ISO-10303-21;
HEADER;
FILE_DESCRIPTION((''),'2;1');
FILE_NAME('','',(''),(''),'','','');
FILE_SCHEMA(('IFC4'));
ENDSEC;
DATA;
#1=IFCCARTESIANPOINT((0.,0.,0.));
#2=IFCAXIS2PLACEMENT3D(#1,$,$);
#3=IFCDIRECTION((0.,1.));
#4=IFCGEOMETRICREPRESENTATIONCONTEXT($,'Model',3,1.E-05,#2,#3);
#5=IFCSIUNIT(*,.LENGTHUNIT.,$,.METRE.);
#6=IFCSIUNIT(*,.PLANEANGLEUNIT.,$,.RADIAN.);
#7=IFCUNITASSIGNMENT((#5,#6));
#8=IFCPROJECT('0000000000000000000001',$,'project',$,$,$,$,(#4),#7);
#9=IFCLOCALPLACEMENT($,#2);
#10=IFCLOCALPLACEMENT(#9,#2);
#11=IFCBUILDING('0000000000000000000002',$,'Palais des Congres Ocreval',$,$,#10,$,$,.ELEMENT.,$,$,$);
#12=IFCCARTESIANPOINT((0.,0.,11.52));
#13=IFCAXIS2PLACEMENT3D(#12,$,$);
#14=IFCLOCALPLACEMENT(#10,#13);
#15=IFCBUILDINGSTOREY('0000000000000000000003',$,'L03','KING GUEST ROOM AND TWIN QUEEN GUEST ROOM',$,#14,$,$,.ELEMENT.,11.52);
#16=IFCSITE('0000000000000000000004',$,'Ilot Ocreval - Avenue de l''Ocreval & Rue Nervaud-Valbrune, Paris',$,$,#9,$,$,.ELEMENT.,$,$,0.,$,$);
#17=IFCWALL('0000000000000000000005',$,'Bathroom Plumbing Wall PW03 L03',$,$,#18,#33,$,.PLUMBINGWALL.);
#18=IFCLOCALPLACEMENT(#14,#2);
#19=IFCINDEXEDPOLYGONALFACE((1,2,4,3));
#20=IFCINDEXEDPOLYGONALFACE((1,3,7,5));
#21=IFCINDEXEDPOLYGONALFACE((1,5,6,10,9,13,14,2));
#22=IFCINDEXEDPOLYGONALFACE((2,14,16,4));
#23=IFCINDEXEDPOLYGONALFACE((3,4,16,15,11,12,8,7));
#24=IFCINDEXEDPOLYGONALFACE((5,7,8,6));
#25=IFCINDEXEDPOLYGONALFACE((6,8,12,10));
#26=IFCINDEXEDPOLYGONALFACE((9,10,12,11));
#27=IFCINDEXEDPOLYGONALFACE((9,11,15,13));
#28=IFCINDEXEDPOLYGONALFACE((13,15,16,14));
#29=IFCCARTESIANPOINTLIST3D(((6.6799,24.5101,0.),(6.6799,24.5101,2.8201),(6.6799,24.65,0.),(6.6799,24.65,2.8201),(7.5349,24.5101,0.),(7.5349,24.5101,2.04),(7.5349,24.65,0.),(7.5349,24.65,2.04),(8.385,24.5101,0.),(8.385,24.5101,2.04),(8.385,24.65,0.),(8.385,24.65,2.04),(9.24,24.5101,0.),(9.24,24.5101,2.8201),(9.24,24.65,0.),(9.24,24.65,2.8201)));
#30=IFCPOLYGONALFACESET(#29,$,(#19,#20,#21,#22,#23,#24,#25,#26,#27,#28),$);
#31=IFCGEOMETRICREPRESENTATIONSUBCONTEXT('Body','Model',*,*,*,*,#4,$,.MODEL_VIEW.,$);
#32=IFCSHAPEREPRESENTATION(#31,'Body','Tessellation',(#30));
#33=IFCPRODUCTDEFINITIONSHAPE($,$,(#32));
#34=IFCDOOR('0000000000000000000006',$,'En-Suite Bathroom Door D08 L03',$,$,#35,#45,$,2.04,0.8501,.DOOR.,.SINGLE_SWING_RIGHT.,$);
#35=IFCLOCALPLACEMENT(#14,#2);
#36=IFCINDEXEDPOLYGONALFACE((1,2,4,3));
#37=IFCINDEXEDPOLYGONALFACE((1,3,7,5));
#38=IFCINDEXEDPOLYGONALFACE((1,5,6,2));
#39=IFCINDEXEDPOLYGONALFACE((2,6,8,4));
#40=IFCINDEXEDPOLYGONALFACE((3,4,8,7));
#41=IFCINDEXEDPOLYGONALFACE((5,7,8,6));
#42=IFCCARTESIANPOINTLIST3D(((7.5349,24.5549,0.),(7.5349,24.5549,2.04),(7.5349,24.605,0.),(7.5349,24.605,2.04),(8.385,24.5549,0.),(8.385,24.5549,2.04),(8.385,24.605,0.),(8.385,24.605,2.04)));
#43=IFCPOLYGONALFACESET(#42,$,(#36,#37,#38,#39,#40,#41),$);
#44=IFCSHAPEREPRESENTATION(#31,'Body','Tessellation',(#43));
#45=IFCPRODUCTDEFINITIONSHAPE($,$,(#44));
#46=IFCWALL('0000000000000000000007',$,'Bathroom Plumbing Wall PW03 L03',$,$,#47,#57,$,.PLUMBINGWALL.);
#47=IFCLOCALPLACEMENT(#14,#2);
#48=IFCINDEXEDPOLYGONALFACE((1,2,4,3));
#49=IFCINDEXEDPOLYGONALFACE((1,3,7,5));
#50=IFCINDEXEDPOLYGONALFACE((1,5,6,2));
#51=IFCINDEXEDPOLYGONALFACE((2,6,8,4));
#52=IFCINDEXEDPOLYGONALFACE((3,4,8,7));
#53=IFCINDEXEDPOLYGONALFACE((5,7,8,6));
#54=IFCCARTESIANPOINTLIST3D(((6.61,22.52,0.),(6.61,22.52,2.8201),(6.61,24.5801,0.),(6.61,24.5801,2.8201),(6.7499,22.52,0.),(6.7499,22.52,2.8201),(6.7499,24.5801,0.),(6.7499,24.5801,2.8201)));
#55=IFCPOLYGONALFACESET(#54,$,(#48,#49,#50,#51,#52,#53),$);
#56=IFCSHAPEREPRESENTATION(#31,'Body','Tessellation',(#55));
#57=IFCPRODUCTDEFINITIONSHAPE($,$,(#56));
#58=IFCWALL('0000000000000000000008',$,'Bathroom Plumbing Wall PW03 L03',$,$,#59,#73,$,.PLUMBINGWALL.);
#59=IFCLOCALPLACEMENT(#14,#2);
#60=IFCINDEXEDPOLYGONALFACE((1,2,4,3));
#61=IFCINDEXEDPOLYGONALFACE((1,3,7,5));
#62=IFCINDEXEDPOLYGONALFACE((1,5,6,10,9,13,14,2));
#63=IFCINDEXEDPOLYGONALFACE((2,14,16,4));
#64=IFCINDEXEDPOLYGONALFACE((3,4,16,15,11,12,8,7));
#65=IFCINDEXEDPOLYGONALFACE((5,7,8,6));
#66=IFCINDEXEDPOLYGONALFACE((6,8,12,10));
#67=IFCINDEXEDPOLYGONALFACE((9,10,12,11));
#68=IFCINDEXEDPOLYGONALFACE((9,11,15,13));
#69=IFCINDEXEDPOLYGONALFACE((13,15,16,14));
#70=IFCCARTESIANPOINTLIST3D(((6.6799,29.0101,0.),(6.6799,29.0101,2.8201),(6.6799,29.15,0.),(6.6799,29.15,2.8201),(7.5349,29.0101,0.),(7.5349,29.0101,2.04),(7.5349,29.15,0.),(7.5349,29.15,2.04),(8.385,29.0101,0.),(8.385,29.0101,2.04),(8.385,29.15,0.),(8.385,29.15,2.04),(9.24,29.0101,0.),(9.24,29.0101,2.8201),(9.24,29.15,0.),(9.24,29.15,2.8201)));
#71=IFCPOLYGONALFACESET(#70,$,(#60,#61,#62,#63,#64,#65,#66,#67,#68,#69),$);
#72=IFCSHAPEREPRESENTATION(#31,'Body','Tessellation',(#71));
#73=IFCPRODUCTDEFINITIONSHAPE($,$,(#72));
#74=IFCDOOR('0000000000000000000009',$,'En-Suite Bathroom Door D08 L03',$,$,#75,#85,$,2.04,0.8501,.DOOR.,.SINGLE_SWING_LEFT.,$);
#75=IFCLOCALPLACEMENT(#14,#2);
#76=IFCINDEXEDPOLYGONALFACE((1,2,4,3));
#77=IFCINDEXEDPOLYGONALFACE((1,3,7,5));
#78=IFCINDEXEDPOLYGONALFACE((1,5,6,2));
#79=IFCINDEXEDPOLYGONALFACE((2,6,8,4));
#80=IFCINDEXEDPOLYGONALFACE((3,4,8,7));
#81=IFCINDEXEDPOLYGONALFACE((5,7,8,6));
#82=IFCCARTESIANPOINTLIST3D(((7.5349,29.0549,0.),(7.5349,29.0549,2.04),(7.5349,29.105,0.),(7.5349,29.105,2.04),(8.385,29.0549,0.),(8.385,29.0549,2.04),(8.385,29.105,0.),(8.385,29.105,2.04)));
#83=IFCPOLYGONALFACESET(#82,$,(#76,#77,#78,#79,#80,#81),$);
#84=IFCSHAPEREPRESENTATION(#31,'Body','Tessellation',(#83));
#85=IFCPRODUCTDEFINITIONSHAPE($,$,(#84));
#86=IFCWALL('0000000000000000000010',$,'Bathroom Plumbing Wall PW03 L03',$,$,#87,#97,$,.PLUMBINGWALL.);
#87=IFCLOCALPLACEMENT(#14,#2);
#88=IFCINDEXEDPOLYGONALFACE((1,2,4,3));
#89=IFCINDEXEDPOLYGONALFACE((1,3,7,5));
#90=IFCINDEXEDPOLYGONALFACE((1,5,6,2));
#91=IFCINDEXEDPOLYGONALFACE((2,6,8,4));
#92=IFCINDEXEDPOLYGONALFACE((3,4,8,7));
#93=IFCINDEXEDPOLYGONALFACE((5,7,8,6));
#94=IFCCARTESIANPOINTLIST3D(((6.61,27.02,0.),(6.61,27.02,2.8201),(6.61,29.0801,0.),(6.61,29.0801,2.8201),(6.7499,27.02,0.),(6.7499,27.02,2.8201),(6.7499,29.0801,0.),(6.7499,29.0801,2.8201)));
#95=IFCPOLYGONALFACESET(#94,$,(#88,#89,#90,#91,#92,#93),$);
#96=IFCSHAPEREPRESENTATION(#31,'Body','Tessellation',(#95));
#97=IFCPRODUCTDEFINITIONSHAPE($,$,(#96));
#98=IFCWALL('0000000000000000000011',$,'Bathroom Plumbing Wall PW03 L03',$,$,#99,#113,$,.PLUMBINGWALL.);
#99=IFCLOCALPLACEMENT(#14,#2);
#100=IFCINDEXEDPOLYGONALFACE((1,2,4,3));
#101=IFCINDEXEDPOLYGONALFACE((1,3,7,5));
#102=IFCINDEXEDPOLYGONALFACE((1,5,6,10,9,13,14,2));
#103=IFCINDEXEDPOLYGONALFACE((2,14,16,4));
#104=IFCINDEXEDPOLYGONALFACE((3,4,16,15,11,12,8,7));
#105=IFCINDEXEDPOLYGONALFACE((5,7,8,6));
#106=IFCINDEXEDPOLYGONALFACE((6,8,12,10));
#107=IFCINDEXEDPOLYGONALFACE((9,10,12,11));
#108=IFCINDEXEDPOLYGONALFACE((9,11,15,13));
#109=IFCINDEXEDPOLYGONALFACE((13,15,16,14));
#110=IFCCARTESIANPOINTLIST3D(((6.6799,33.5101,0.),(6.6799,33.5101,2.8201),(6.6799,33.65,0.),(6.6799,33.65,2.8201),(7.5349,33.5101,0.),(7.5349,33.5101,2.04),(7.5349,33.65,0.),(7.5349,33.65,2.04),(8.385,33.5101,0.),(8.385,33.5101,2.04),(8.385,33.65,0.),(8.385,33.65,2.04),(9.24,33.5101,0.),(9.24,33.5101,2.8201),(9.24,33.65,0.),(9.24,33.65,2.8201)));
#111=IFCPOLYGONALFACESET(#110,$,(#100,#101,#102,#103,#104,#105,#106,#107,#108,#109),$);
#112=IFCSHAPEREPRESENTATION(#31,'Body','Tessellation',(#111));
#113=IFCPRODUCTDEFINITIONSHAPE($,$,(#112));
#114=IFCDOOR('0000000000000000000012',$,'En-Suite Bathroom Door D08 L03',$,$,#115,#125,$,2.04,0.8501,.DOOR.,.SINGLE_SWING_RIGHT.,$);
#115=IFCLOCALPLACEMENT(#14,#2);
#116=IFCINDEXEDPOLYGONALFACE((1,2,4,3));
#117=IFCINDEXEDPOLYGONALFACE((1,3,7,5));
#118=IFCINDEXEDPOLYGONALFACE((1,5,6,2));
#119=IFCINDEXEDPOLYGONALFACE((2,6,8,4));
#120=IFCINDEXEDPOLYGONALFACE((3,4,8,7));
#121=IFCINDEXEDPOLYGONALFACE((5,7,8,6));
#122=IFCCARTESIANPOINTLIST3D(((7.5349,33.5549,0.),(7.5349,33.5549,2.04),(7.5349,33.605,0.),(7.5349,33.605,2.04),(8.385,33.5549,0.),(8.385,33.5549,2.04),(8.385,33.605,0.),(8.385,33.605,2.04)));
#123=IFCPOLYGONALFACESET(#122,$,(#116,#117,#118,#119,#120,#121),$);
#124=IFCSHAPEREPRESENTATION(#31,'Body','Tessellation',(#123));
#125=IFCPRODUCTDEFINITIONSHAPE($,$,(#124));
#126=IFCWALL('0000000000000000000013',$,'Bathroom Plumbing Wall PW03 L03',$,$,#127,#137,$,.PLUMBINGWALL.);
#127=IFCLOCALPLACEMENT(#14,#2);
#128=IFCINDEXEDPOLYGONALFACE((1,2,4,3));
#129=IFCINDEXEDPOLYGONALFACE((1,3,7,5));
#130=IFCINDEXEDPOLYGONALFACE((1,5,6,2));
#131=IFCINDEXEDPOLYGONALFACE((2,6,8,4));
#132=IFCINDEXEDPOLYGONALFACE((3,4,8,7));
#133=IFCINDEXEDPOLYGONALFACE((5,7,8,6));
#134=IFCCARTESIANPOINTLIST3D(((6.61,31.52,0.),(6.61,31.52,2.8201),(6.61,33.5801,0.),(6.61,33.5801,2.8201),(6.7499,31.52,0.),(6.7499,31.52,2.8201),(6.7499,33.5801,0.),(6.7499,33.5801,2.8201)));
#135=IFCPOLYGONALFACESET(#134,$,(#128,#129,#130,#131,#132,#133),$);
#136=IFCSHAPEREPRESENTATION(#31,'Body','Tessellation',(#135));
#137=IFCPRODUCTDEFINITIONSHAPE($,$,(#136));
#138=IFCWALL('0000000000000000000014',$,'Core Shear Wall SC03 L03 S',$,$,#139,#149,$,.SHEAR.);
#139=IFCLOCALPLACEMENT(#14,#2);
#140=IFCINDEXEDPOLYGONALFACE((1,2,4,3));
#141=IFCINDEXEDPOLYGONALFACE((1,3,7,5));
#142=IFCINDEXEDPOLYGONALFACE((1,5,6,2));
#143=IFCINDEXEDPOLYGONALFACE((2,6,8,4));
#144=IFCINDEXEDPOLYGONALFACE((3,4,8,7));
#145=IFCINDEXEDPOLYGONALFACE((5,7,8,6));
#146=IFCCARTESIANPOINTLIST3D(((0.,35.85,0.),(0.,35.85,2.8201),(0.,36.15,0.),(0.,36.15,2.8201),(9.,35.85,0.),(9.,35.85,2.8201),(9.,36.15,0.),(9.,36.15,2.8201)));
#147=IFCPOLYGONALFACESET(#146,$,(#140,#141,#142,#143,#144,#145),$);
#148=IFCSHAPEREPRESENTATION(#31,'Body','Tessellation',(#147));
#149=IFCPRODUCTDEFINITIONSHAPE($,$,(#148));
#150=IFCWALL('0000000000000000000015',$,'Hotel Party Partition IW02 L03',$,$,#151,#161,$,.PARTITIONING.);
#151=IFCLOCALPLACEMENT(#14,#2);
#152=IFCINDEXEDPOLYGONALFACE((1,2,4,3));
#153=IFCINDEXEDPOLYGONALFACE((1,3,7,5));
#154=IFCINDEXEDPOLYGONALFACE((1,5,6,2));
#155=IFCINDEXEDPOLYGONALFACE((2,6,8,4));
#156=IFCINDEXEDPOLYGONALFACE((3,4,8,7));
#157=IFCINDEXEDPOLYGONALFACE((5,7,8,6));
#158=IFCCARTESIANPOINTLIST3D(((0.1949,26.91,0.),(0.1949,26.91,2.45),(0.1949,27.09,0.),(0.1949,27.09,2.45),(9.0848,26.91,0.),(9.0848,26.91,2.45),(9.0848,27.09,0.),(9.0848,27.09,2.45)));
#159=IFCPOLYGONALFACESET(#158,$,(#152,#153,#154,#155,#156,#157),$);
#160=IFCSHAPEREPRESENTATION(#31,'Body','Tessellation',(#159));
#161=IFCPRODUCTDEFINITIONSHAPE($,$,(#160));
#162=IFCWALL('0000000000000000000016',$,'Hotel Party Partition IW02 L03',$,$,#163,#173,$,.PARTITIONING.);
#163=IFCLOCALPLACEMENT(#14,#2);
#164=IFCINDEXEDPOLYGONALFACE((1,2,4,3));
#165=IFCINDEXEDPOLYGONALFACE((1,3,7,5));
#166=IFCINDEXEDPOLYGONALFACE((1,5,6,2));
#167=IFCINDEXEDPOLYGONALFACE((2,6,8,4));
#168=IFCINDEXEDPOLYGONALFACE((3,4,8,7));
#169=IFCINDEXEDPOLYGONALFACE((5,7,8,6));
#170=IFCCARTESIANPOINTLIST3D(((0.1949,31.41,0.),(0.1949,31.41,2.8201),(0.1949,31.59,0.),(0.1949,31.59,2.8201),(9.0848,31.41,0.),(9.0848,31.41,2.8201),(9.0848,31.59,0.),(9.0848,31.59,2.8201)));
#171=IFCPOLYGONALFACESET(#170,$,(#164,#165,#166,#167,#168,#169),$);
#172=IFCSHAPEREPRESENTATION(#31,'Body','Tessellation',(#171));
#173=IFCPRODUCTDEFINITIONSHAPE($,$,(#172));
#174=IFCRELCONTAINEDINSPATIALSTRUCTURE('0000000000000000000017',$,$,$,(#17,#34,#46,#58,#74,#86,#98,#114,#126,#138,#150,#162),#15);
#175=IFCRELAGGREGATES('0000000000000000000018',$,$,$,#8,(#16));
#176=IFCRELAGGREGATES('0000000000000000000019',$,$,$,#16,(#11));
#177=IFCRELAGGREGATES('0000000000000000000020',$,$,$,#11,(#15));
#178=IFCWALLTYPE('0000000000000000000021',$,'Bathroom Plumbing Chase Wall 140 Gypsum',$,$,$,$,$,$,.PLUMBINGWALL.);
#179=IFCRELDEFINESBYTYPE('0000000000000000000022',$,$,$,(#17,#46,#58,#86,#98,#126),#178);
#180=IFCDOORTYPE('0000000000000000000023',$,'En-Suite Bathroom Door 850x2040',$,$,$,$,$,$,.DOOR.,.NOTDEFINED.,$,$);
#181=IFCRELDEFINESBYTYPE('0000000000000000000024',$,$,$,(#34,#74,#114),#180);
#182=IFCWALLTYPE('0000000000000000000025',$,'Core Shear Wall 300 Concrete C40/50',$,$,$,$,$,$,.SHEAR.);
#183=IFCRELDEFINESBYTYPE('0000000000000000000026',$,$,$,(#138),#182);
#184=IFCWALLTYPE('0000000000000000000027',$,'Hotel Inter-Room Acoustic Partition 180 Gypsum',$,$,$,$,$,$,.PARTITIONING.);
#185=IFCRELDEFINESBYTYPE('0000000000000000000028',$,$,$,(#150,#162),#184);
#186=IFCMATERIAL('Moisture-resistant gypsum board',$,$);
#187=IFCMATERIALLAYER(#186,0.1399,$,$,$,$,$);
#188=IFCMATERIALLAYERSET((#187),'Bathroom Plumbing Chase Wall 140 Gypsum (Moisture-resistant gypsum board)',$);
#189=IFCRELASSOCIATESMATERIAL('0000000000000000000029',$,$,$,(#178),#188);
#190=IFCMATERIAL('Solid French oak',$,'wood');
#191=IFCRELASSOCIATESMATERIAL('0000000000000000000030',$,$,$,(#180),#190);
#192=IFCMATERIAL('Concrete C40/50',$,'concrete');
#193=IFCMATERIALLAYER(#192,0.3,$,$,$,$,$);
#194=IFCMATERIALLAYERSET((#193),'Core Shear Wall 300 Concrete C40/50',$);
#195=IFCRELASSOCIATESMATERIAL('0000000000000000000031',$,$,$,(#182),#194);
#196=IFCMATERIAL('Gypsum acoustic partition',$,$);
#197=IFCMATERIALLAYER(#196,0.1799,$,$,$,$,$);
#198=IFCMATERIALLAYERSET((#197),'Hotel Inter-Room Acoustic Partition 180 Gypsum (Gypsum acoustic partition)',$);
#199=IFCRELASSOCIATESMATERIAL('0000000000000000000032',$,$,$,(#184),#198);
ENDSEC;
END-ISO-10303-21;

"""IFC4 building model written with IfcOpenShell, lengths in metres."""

from ifc_helpers import new_model, si_unit, direction, frame, frame_2d, origin, place, context, subcontext, project, spatial, rectangle, extrude, material, layer, layer_set, type_object, element, fill, save


model = new_model("IFC4")

# Units and contexts
model_context = context("Model", 3, precision=1e-05, world=origin(), true_north=direction((0.0, 1.0)))
body_context = subcontext(model_context, "Body", "Model", "MODEL_VIEW")
ifc_project = project(units=[si_unit("LENGTHUNIT", "METRE"), si_unit("PLANEANGLEUNIT", "RADIAN")], contexts=[model_context])

# Site, building, storey
site_placement = place(None, origin())
site = spatial("IfcSite", under=ifc_project, at=site_placement, Name="Ilot Ocreval - Avenue de l'Ocreval & Rue Nervaud-Valbrune, Paris", CompositionType="ELEMENT", RefElevation=0.0)
building_placement = place(site_placement, origin())
building = spatial("IfcBuilding", under=site, at=building_placement, Name="Palais des Congres Ocreval", CompositionType="ELEMENT")
storey_placement = place(building_placement, frame((0.0, 0.0, 11.52)))
storey = spatial("IfcBuildingStorey", under=building, at=storey_placement, Name="L03", Description="KING GUEST ROOM AND TWIN QUEEN GUEST ROOM", CompositionType="ELEMENT", Elevation=11.52)

# Shared definitions
ifc_material_1 = material(Name="Concrete C40/50", Category="concrete")

# Wall, opening, door
ifc_material_2 = material(Name="Moisture-resistant gypsum board")
ifc_layer_1 = layer(ifc_material_2, 0.1399)
ifc_layer_set_1 = layer_set([ifc_layer_1], Name="Bathroom Plumbing Chase Wall 140 Gypsum (Moisture-resistant gypsum board)")
wall_type_1 = type_object("IfcWallType", Name="Bathroom Plumbing Chase Wall 140 Gypsum", PredefinedType="PLUMBINGWALL", material=ifc_layer_set_1)
wall_1_placement = place(storey_placement, frame((6.6799, 24.5801, 0.0), z_axis=(0.0, 0.0, 1.0), x_axis=(1.0, 0.0, 0.0)))
wall_1 = element("IfcWall", 1, at=wall_1_placement, inside=storey, type_object=wall_type_1, Name="Bathroom Plumbing Wall PW03 L03", PredefinedType="PLUMBINGWALL", context=body_context, shape_type="SweptSolid", body=[
    extrude(rectangle(XDim=2.5601, YDim=0.1399, at=frame_2d((1.28, 0.0))), origin(), (0.0, 0.0, 1.0), 2.8201),
])
opening_1_placement = place(wall_1_placement, frame((0.855, 0.0, 0.0)))
opening_1 = element("IfcOpeningElement", 2, at=opening_1_placement, cuts=wall_1, PredefinedType="OPENING", context=body_context, shape_type="SweptSolid", body=[
    extrude(rectangle(XDim=0.8501, YDim=2.04, at=frame_2d((0.425, 1.02))), frame((0.0, 0.0798, 0.0), z_axis=(0.0, -1.0, 0.0), x_axis=(1.0, 0.0, 0.0)), (0.0, 0.0, 1.0), 0.1599),
])
ifc_material_3 = material(Name="Solid French oak", Category="wood")
door_type = type_object("IfcDoorType", Name="En-Suite Bathroom Door 850x2040", OperationType="NOTDEFINED", PredefinedType="DOOR", material=ifc_material_3)
door_1_placement = place(opening_1_placement, origin())
door_1 = element("IfcDoor", 3, at=door_1_placement, inside=storey, type_object=door_type, Name="En-Suite Bathroom Door D08 L03", OperationType="SINGLE_SWING_RIGHT", OverallHeight=2.04, OverallWidth=0.8501, PredefinedType="DOOR", context=body_context, shape_type="SweptSolid", body=[
    extrude(rectangle(XDim=0.8501, YDim=2.04, at=frame_2d((0.425, 1.02))), frame((0.0, 0.0249, 0.0), z_axis=(0.0, -1.0, 0.0), x_axis=(1.0, 0.0, 0.0)), (0.0, 0.0, 1.0), 0.05),
])
fill(opening_1, door_1)

# Wall
wall_2_placement = place(storey_placement, frame((6.6799, 22.52, 0.0), z_axis=(0.0, 0.0, 1.0), x_axis=(0.0, 1.0, 0.0)))
element("IfcWall", 4, at=wall_2_placement, inside=storey, type_object=wall_type_1, Name="Bathroom Plumbing Wall PW03 L03", PredefinedType="PLUMBINGWALL", context=body_context, shape_type="SweptSolid", body=[
    extrude(rectangle(XDim=2.0601, YDim=0.1399, at=frame_2d((1.03, 0.0))), origin(), (0.0, 0.0, 1.0), 2.8201),
])

# Wall, opening, door
wall_3_placement = place(storey_placement, frame((6.6799, 29.0801, 0.0), z_axis=(0.0, 0.0, 1.0), x_axis=(1.0, 0.0, 0.0)))
wall_3 = element("IfcWall", 5, at=wall_3_placement, inside=storey, type_object=wall_type_1, Name="Bathroom Plumbing Wall PW03 L03", PredefinedType="PLUMBINGWALL", context=body_context, shape_type="SweptSolid", body=[
    extrude(rectangle(XDim=2.5601, YDim=0.1399, at=frame_2d((1.28, 0.0))), origin(), (0.0, 0.0, 1.0), 2.8201),
])
opening_2_placement = place(wall_3_placement, frame((0.855, 0.0, 0.0)))
opening_2 = element("IfcOpeningElement", 6, at=opening_2_placement, cuts=wall_3, PredefinedType="OPENING", context=body_context, shape_type="SweptSolid", body=[
    extrude(rectangle(XDim=0.8501, YDim=2.04, at=frame_2d((0.425, 1.02))), frame((0.0, 0.0798, 0.0), z_axis=(0.0, -1.0, 0.0), x_axis=(1.0, 0.0, 0.0)), (0.0, 0.0, 1.0), 0.1599),
])
door_2_placement = place(opening_2_placement, origin())
door_2 = element("IfcDoor", 7, at=door_2_placement, inside=storey, type_object=door_type, Name="En-Suite Bathroom Door D08 L03", OperationType="SINGLE_SWING_LEFT", OverallHeight=2.04, OverallWidth=0.8501, PredefinedType="DOOR", context=body_context, shape_type="SweptSolid", body=[
    extrude(rectangle(XDim=0.8501, YDim=2.04, at=frame_2d((0.425, 1.02))), frame((0.0, 0.0249, 0.0), z_axis=(0.0, -1.0, 0.0), x_axis=(1.0, 0.0, 0.0)), (0.0, 0.0, 1.0), 0.05),
])
fill(opening_2, door_2)

# Wall
wall_4_placement = place(storey_placement, frame((6.6799, 27.02, 0.0), z_axis=(0.0, 0.0, 1.0), x_axis=(0.0, 1.0, 0.0)))
element("IfcWall", 8, at=wall_4_placement, inside=storey, type_object=wall_type_1, Name="Bathroom Plumbing Wall PW03 L03", PredefinedType="PLUMBINGWALL", context=body_context, shape_type="SweptSolid", body=[
    extrude(rectangle(XDim=2.0601, YDim=0.1399, at=frame_2d((1.03, 0.0))), origin(), (0.0, 0.0, 1.0), 2.8201),
])

# Wall, opening, door
wall_5_placement = place(storey_placement, frame((6.6799, 33.5801, 0.0), z_axis=(0.0, 0.0, 1.0), x_axis=(1.0, 0.0, 0.0)))
wall_5 = element("IfcWall", 9, at=wall_5_placement, inside=storey, type_object=wall_type_1, Name="Bathroom Plumbing Wall PW03 L03", PredefinedType="PLUMBINGWALL", context=body_context, shape_type="SweptSolid", body=[
    extrude(rectangle(XDim=2.5601, YDim=0.1399, at=frame_2d((1.28, 0.0))), origin(), (0.0, 0.0, 1.0), 2.8201),
])
opening_3_placement = place(wall_5_placement, frame((0.855, 0.0, 0.0)))
opening_3 = element("IfcOpeningElement", 10, at=opening_3_placement, cuts=wall_5, PredefinedType="OPENING", context=body_context, shape_type="SweptSolid", body=[
    extrude(rectangle(XDim=0.8501, YDim=2.04, at=frame_2d((0.425, 1.02))), frame((0.0, 0.0798, 0.0), z_axis=(0.0, -1.0, 0.0), x_axis=(1.0, 0.0, 0.0)), (0.0, 0.0, 1.0), 0.1599),
])
door_3_placement = place(opening_3_placement, origin())
door_3 = element("IfcDoor", 11, at=door_3_placement, inside=storey, type_object=door_type, Name="En-Suite Bathroom Door D08 L03", OperationType="SINGLE_SWING_RIGHT", OverallHeight=2.04, OverallWidth=0.8501, PredefinedType="DOOR", context=body_context, shape_type="SweptSolid", body=[
    extrude(rectangle(XDim=0.8501, YDim=2.04, at=frame_2d((0.425, 1.02))), frame((0.0, 0.0249, 0.0), z_axis=(0.0, -1.0, 0.0), x_axis=(1.0, 0.0, 0.0)), (0.0, 0.0, 1.0), 0.05),
])
fill(opening_3, door_3)

# Walls
wall_6_placement = place(storey_placement, frame((6.6799, 31.52, 0.0), z_axis=(0.0, 0.0, 1.0), x_axis=(0.0, 1.0, 0.0)))
element("IfcWall", 12, at=wall_6_placement, inside=storey, type_object=wall_type_1, Name="Bathroom Plumbing Wall PW03 L03", PredefinedType="PLUMBINGWALL", context=body_context, shape_type="SweptSolid", body=[
    extrude(rectangle(XDim=2.0601, YDim=0.1399, at=frame_2d((1.03, 0.0))), origin(), (0.0, 0.0, 1.0), 2.8201),
])
ifc_layer_2 = layer(ifc_material_1, 0.3)
ifc_layer_set_2 = layer_set([ifc_layer_2], Name="Core Shear Wall 300 Concrete C40/50")
wall_type_2 = type_object("IfcWallType", Name="Core Shear Wall 300 Concrete C40/50", PredefinedType="SHEAR", material=ifc_layer_set_2)
wall_7_placement = place(storey_placement, frame((0.0, 36.0, 0.0), z_axis=(0.0, 0.0, 1.0), x_axis=(1.0, 0.0, 0.0)))
element("IfcWall", 13, at=wall_7_placement, inside=storey, type_object=wall_type_2, Name="Core Shear Wall SC03 L03 S", PredefinedType="SHEAR", context=body_context, shape_type="SweptSolid", body=[
    extrude(rectangle(XDim=9.0, YDim=0.3, at=frame_2d((4.5, 0.0))), origin(), (0.0, 0.0, 1.0), 2.8201),
])
ifc_material_4 = material(Name="Gypsum acoustic partition")
ifc_layer_3 = layer(ifc_material_4, 0.1799)
ifc_layer_set_3 = layer_set([ifc_layer_3], Name="Hotel Inter-Room Acoustic Partition 180 Gypsum (Gypsum acoustic partition)")
wall_type_3 = type_object("IfcWallType", Name="Hotel Inter-Room Acoustic Partition 180 Gypsum", PredefinedType="PARTITIONING", material=ifc_layer_set_3)
wall_8_placement = place(storey_placement, frame((0.1951, 27.0, 0.0), z_axis=(0.0, 0.0, 1.0), x_axis=(1.0, 0.0, 0.0)))
element("IfcWall", 14, at=wall_8_placement, inside=storey, type_object=wall_type_3, Name="Hotel Party Partition IW02 L03", PredefinedType="PARTITIONING", context=body_context, shape_type="SweptSolid", body=[
    extrude(rectangle(XDim=8.8899, YDim=0.1799, at=frame_2d((4.4448, 0.0))), origin(), (0.0, 0.0, 1.0), 2.45),
])
wall_9_placement = place(storey_placement, frame((0.1951, 31.5, 0.0), z_axis=(0.0, 0.0, 1.0), x_axis=(1.0, 0.0, 0.0)))
element("IfcWall", 15, at=wall_9_placement, inside=storey, type_object=wall_type_3, Name="Hotel Party Partition IW02 L03", PredefinedType="PARTITIONING", context=body_context, shape_type="SweptSolid", body=[
    extrude(rectangle(XDim=8.8899, YDim=0.1799, at=frame_2d((4.4448, 0.0))), origin(), (0.0, 0.0, 1.0), 2.8201),
])

save(model, "model.ifc")
